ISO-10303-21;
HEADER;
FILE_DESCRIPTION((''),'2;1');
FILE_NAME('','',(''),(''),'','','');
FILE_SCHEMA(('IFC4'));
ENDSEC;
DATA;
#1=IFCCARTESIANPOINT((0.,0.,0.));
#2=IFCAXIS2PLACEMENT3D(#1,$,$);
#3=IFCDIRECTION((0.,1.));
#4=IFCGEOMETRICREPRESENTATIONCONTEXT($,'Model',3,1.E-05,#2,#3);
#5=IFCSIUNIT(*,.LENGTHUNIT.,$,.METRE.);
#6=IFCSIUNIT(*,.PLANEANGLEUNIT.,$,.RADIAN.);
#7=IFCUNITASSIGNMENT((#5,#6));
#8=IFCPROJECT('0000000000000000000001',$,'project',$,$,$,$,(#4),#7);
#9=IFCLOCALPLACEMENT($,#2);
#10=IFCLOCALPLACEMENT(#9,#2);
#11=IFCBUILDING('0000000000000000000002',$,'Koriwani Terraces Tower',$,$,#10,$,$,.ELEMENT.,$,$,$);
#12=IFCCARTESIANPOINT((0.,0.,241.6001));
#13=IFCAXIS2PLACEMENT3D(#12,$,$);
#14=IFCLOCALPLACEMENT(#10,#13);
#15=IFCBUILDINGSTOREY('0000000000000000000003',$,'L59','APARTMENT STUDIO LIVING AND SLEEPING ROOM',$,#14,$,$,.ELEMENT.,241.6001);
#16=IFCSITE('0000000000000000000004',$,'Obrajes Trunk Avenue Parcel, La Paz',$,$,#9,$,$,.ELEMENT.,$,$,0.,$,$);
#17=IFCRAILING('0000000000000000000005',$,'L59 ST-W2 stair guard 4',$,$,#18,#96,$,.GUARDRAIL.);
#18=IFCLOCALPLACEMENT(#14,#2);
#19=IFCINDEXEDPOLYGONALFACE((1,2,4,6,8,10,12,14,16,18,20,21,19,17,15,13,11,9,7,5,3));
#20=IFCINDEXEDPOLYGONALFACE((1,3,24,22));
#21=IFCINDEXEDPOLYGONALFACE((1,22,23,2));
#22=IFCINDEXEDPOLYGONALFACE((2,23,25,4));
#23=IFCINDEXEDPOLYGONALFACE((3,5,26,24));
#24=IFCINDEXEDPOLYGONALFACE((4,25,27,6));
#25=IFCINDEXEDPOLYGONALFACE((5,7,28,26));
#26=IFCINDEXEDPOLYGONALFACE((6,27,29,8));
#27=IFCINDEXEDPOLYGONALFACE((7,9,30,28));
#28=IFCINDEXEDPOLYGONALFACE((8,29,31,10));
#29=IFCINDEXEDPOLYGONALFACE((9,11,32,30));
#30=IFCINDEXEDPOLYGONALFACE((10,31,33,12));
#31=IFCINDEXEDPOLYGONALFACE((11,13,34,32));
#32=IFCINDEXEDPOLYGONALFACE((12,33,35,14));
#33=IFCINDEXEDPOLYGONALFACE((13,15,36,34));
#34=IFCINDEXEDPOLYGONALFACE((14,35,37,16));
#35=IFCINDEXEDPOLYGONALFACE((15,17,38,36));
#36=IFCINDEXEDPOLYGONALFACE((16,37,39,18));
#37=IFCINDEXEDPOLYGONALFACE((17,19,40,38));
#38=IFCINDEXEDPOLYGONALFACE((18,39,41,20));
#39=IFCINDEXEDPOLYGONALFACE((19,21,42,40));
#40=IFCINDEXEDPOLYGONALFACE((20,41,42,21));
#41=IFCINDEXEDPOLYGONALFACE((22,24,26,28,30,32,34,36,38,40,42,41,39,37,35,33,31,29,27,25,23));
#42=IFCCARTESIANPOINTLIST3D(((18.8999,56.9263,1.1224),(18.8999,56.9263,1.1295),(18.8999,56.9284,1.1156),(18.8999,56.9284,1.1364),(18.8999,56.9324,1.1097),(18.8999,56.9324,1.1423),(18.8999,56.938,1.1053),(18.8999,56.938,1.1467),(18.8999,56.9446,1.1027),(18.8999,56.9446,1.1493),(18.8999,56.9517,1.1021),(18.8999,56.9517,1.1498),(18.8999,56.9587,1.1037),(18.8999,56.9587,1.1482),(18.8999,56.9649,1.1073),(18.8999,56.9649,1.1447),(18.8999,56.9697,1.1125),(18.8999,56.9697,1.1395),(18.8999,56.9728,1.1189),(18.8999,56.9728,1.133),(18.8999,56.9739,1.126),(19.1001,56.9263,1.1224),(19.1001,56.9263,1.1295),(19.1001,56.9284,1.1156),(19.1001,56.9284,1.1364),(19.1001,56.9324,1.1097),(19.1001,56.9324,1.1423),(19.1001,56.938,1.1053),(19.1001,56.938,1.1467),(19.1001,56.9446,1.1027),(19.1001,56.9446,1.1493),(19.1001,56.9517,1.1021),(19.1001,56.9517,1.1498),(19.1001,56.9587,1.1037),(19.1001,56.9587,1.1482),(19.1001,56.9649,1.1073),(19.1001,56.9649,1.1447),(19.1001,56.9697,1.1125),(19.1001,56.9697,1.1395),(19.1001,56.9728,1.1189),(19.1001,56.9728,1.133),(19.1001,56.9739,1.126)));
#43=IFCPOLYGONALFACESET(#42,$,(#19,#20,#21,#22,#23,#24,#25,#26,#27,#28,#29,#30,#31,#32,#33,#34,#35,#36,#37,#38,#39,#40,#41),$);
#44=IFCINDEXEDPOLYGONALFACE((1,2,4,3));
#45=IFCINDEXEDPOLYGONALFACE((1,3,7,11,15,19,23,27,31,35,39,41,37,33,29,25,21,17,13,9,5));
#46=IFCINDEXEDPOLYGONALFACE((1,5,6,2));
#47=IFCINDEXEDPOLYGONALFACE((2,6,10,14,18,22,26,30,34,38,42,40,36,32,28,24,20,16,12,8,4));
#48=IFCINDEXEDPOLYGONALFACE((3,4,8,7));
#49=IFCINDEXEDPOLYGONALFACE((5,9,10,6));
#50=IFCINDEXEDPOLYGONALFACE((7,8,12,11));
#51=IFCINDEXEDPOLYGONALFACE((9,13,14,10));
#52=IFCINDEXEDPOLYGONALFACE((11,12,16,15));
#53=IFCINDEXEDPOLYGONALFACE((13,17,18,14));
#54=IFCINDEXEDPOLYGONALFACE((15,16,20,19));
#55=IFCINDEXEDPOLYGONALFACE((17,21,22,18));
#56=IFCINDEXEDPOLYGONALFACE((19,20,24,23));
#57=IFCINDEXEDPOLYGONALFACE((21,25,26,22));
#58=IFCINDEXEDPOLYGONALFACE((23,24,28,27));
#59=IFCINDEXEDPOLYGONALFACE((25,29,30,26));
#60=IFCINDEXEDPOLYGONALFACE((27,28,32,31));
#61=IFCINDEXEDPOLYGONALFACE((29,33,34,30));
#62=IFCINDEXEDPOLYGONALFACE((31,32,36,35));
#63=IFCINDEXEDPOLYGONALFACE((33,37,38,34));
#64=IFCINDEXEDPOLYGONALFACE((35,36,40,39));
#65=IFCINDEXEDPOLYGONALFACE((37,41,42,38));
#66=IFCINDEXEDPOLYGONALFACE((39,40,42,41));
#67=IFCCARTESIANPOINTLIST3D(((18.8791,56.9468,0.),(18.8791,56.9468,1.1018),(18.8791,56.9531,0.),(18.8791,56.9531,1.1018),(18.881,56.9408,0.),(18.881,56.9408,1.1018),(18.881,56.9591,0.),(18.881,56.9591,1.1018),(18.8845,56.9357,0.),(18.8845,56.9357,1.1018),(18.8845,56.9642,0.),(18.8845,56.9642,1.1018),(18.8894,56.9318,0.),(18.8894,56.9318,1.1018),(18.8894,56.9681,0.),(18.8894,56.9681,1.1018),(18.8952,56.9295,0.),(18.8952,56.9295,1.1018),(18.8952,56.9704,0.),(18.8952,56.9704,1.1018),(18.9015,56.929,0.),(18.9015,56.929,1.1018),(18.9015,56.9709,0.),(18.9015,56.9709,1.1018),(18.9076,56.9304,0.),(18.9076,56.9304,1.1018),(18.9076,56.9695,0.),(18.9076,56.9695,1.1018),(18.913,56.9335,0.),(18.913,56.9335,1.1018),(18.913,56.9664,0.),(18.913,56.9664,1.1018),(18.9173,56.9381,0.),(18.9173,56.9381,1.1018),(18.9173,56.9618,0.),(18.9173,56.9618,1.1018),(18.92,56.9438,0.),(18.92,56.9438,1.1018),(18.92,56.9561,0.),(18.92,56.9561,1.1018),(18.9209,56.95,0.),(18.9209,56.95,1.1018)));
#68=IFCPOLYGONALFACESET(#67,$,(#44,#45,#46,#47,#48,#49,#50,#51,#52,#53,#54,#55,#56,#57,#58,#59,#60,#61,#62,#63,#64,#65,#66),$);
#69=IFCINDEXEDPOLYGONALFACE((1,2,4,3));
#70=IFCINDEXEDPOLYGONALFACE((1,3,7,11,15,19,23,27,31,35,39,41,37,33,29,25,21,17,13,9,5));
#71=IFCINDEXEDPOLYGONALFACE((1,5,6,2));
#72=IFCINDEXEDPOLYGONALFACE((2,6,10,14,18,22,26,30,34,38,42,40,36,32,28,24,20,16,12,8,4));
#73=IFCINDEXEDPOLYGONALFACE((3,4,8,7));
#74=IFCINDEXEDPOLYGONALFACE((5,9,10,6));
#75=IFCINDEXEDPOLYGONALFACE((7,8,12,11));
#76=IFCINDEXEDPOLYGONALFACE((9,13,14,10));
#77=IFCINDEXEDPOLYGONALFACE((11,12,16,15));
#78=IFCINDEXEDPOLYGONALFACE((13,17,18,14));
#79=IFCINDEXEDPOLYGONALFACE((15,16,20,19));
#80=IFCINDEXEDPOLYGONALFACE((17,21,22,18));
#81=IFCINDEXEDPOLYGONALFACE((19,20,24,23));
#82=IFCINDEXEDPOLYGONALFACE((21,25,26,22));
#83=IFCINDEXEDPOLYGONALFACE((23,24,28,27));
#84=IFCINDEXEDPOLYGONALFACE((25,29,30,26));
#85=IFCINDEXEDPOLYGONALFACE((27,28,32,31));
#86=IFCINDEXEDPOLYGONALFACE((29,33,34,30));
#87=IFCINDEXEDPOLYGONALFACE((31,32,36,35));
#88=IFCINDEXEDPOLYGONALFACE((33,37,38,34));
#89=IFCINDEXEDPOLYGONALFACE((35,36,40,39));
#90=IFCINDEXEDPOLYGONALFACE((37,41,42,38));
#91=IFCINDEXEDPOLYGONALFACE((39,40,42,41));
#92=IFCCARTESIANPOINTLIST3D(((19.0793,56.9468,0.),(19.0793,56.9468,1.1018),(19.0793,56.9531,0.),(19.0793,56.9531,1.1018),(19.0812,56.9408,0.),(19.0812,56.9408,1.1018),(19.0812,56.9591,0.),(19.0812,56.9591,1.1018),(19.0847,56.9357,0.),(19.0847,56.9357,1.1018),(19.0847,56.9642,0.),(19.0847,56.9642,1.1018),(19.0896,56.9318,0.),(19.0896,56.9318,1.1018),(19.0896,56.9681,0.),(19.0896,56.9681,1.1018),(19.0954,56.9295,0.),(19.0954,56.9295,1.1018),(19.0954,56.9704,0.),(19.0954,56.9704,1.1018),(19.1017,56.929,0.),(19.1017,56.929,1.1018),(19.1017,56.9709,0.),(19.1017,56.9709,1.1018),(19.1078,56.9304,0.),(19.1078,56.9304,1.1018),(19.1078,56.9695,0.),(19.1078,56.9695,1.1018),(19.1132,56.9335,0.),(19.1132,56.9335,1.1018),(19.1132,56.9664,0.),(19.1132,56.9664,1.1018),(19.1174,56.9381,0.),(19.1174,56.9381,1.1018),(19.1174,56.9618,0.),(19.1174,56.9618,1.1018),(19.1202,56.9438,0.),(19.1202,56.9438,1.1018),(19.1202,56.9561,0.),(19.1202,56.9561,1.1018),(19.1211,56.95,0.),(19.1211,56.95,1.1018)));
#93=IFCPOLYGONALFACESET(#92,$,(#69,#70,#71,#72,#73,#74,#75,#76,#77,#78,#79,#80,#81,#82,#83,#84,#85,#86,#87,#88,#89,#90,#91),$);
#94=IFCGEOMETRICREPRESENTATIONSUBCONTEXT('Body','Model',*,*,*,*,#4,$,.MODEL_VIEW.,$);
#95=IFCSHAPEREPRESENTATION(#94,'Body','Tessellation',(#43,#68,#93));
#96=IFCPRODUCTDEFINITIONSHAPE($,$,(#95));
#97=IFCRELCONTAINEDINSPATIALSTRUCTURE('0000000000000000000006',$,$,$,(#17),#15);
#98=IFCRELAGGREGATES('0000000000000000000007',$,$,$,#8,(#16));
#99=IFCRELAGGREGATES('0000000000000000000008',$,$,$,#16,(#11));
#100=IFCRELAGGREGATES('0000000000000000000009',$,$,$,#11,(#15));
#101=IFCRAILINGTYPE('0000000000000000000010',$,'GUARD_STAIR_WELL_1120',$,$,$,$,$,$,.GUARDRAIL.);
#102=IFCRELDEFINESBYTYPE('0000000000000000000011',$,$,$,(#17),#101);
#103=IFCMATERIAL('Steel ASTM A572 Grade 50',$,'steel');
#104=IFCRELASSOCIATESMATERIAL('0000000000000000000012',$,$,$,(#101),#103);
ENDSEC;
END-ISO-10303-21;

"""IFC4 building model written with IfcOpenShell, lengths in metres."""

from ifc_helpers import new_model, si_unit, direction, frame, origin, origin_2d, place, context, subcontext, project, spatial, circle, extrude, material, type_object, element, save


model = new_model("IFC4")

# Units and contexts
model_context = context("Model", 3, precision=1e-05, world=origin(), true_north=direction((0.0, 1.0)))
body_context = subcontext(model_context, "Body", "Model", "MODEL_VIEW")
ifc_project = project(units=[si_unit("LENGTHUNIT", "METRE"), si_unit("PLANEANGLEUNIT", "RADIAN")], contexts=[model_context])

# Site, building, storey
site_placement = place(None, origin())
site = spatial("IfcSite", under=ifc_project, at=site_placement, Name="Obrajes Trunk Avenue Parcel, La Paz", CompositionType="ELEMENT", RefElevation=0.0)
building_placement = place(site_placement, origin())
building = spatial("IfcBuilding", under=site, at=building_placement, Name="Koriwani Terraces Tower", CompositionType="ELEMENT")
storey_placement = place(building_placement, frame((0.0, 0.0, 241.6001)))
storey = spatial("IfcBuildingStorey", under=building, at=storey_placement, Name="L59", Description="APARTMENT STUDIO LIVING AND SLEEPING ROOM", CompositionType="ELEMENT", Elevation=241.6001)

# Shared definitions
ifc_material_1 = material(Name="Steel ASTM A572 Grade 50", Category="steel")

# Railing
railing_type_1 = type_object("IfcRailingType", Name="GUARD_STAIR_WELL_1120", PredefinedType="GUARDRAIL", material=ifc_material_1)
railing_1_placement = place(storey_placement, frame((18.8999, 56.95, 0.0)))
element("IfcRailing", 1, at=railing_1_placement, inside=storey, type_object=railing_type_1, Name="L59 ST-W2 stair guard 4", PredefinedType="GUARDRAIL", context=body_context, shape_type="SweptSolid", body=[
    extrude(circle(Radius=0.0239, at=origin_2d()), frame((0.0, 0.0, 1.126), z_axis=(1.0, 0.0, 0.0), x_axis=(0.0, 1.0, 0.0)), (0.0, 0.0, 1.0), 0.2002),
    extrude(circle(Radius=0.021, at=origin_2d()), origin(), (0.0, 0.0, 1.0), 1.1018),
    extrude(circle(Radius=0.021, at=origin_2d()), frame((0.2002, 0.0, 0.0)), (0.0, 0.0, 1.0), 1.1018),
])

save(model, "model.ifc")
